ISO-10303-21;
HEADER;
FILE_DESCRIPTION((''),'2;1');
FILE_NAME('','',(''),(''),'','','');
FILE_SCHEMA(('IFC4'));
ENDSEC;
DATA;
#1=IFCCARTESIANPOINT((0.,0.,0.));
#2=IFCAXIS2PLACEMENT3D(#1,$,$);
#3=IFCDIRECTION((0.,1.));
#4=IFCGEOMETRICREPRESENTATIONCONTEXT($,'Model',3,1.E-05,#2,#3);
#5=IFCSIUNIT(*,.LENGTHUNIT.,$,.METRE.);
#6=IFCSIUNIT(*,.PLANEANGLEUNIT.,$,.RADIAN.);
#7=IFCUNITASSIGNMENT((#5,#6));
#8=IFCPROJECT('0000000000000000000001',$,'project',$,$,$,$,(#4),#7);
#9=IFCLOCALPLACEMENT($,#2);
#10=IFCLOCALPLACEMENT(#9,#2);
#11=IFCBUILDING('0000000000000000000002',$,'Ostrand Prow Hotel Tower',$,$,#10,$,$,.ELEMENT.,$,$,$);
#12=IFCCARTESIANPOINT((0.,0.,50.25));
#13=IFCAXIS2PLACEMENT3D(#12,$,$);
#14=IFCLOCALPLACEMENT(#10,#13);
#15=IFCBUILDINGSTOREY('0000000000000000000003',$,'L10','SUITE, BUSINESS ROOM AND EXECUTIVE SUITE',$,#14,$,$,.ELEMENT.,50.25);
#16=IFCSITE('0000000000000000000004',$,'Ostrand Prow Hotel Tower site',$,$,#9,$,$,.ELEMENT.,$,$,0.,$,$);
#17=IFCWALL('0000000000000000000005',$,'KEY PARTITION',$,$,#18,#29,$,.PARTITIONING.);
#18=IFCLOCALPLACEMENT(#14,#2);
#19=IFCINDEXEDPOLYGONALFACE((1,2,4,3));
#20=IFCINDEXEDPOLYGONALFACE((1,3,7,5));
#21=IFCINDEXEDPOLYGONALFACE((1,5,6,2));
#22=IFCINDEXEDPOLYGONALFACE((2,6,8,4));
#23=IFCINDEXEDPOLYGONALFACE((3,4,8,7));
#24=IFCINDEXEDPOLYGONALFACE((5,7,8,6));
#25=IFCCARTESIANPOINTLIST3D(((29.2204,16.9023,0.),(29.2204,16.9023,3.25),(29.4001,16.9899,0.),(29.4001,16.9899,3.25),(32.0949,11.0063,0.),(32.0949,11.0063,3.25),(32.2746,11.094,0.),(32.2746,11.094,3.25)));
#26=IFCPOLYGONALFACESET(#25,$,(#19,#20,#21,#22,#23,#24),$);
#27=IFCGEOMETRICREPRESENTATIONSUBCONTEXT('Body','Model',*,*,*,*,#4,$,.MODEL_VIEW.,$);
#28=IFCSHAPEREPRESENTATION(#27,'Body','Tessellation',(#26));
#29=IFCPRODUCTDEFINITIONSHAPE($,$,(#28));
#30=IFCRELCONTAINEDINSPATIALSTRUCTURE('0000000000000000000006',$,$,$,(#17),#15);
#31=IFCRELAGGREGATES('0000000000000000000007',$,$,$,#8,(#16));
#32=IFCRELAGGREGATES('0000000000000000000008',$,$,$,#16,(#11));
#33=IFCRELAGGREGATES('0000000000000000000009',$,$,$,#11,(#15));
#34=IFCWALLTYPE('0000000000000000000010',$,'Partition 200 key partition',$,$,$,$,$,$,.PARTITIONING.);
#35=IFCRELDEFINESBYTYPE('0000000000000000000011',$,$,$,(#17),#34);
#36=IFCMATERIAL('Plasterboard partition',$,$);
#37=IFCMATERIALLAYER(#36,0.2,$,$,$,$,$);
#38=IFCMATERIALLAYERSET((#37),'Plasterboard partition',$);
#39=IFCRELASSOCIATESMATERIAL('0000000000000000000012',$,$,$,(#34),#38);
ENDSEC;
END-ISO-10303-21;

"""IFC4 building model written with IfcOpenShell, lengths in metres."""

from ifc_helpers import new_model, si_unit, direction, frame, frame_2d, origin, place, context, subcontext, project, spatial, rectangle, extrude, material, layer, layer_set, type_object, element, save


model = new_model("IFC4")

# Units and contexts
model_context = context("Model", 3, precision=1e-05, world=origin(), true_north=direction((0.0, 1.0)))
body_context = subcontext(model_context, "Body", "Model", "MODEL_VIEW")
ifc_project = project(units=[si_unit("LENGTHUNIT", "METRE"), si_unit("PLANEANGLEUNIT", "RADIAN")], contexts=[model_context])

# Site, building, storey
site_placement = place(None, origin())
site = spatial("IfcSite", under=ifc_project, at=site_placement, Name="Ostrand Prow Hotel Tower site", CompositionType="ELEMENT", RefElevation=0.0)
building_placement = place(site_placement, origin())
building = spatial("IfcBuilding", under=site, at=building_placement, Name="Ostrand Prow Hotel Tower", CompositionType="ELEMENT")
storey_placement = place(building_placement, frame((0.0, 0.0, 50.25)))
storey = spatial("IfcBuildingStorey", under=building, at=storey_placement, Name="L10", Description="SUITE, BUSINESS ROOM AND EXECUTIVE SUITE", CompositionType="ELEMENT", Elevation=50.25)

# Wall
ifc_material_1 = material(Name="Plasterboard partition")
ifc_layer_1 = layer(ifc_material_1, 0.2)
ifc_layer_set_1 = layer_set([ifc_layer_1], Name="Plasterboard partition")
wall_type_1 = type_object("IfcWallType", Name="Partition 200 key partition", PredefinedType="PARTITIONING", material=ifc_layer_set_1)
wall_1_placement = place(storey_placement, frame((32.1848, 11.05, 0.0), z_axis=(0.0, 0.0, 1.0), x_axis=(-0.438229, 0.898864, 0.0)))
element("IfcWall", 1, at=wall_1_placement, inside=storey, type_object=wall_type_1, Name="KEY PARTITION", PredefinedType="PARTITIONING", context=body_context, shape_type="SweptSolid", body=[
    extrude(rectangle(XDim=6.5593, YDim=0.2, at=frame_2d((3.2798, 0.0))), origin(), (0.0, 0.0, 1.0), 3.25),
])

save(model, "model.ifc")
